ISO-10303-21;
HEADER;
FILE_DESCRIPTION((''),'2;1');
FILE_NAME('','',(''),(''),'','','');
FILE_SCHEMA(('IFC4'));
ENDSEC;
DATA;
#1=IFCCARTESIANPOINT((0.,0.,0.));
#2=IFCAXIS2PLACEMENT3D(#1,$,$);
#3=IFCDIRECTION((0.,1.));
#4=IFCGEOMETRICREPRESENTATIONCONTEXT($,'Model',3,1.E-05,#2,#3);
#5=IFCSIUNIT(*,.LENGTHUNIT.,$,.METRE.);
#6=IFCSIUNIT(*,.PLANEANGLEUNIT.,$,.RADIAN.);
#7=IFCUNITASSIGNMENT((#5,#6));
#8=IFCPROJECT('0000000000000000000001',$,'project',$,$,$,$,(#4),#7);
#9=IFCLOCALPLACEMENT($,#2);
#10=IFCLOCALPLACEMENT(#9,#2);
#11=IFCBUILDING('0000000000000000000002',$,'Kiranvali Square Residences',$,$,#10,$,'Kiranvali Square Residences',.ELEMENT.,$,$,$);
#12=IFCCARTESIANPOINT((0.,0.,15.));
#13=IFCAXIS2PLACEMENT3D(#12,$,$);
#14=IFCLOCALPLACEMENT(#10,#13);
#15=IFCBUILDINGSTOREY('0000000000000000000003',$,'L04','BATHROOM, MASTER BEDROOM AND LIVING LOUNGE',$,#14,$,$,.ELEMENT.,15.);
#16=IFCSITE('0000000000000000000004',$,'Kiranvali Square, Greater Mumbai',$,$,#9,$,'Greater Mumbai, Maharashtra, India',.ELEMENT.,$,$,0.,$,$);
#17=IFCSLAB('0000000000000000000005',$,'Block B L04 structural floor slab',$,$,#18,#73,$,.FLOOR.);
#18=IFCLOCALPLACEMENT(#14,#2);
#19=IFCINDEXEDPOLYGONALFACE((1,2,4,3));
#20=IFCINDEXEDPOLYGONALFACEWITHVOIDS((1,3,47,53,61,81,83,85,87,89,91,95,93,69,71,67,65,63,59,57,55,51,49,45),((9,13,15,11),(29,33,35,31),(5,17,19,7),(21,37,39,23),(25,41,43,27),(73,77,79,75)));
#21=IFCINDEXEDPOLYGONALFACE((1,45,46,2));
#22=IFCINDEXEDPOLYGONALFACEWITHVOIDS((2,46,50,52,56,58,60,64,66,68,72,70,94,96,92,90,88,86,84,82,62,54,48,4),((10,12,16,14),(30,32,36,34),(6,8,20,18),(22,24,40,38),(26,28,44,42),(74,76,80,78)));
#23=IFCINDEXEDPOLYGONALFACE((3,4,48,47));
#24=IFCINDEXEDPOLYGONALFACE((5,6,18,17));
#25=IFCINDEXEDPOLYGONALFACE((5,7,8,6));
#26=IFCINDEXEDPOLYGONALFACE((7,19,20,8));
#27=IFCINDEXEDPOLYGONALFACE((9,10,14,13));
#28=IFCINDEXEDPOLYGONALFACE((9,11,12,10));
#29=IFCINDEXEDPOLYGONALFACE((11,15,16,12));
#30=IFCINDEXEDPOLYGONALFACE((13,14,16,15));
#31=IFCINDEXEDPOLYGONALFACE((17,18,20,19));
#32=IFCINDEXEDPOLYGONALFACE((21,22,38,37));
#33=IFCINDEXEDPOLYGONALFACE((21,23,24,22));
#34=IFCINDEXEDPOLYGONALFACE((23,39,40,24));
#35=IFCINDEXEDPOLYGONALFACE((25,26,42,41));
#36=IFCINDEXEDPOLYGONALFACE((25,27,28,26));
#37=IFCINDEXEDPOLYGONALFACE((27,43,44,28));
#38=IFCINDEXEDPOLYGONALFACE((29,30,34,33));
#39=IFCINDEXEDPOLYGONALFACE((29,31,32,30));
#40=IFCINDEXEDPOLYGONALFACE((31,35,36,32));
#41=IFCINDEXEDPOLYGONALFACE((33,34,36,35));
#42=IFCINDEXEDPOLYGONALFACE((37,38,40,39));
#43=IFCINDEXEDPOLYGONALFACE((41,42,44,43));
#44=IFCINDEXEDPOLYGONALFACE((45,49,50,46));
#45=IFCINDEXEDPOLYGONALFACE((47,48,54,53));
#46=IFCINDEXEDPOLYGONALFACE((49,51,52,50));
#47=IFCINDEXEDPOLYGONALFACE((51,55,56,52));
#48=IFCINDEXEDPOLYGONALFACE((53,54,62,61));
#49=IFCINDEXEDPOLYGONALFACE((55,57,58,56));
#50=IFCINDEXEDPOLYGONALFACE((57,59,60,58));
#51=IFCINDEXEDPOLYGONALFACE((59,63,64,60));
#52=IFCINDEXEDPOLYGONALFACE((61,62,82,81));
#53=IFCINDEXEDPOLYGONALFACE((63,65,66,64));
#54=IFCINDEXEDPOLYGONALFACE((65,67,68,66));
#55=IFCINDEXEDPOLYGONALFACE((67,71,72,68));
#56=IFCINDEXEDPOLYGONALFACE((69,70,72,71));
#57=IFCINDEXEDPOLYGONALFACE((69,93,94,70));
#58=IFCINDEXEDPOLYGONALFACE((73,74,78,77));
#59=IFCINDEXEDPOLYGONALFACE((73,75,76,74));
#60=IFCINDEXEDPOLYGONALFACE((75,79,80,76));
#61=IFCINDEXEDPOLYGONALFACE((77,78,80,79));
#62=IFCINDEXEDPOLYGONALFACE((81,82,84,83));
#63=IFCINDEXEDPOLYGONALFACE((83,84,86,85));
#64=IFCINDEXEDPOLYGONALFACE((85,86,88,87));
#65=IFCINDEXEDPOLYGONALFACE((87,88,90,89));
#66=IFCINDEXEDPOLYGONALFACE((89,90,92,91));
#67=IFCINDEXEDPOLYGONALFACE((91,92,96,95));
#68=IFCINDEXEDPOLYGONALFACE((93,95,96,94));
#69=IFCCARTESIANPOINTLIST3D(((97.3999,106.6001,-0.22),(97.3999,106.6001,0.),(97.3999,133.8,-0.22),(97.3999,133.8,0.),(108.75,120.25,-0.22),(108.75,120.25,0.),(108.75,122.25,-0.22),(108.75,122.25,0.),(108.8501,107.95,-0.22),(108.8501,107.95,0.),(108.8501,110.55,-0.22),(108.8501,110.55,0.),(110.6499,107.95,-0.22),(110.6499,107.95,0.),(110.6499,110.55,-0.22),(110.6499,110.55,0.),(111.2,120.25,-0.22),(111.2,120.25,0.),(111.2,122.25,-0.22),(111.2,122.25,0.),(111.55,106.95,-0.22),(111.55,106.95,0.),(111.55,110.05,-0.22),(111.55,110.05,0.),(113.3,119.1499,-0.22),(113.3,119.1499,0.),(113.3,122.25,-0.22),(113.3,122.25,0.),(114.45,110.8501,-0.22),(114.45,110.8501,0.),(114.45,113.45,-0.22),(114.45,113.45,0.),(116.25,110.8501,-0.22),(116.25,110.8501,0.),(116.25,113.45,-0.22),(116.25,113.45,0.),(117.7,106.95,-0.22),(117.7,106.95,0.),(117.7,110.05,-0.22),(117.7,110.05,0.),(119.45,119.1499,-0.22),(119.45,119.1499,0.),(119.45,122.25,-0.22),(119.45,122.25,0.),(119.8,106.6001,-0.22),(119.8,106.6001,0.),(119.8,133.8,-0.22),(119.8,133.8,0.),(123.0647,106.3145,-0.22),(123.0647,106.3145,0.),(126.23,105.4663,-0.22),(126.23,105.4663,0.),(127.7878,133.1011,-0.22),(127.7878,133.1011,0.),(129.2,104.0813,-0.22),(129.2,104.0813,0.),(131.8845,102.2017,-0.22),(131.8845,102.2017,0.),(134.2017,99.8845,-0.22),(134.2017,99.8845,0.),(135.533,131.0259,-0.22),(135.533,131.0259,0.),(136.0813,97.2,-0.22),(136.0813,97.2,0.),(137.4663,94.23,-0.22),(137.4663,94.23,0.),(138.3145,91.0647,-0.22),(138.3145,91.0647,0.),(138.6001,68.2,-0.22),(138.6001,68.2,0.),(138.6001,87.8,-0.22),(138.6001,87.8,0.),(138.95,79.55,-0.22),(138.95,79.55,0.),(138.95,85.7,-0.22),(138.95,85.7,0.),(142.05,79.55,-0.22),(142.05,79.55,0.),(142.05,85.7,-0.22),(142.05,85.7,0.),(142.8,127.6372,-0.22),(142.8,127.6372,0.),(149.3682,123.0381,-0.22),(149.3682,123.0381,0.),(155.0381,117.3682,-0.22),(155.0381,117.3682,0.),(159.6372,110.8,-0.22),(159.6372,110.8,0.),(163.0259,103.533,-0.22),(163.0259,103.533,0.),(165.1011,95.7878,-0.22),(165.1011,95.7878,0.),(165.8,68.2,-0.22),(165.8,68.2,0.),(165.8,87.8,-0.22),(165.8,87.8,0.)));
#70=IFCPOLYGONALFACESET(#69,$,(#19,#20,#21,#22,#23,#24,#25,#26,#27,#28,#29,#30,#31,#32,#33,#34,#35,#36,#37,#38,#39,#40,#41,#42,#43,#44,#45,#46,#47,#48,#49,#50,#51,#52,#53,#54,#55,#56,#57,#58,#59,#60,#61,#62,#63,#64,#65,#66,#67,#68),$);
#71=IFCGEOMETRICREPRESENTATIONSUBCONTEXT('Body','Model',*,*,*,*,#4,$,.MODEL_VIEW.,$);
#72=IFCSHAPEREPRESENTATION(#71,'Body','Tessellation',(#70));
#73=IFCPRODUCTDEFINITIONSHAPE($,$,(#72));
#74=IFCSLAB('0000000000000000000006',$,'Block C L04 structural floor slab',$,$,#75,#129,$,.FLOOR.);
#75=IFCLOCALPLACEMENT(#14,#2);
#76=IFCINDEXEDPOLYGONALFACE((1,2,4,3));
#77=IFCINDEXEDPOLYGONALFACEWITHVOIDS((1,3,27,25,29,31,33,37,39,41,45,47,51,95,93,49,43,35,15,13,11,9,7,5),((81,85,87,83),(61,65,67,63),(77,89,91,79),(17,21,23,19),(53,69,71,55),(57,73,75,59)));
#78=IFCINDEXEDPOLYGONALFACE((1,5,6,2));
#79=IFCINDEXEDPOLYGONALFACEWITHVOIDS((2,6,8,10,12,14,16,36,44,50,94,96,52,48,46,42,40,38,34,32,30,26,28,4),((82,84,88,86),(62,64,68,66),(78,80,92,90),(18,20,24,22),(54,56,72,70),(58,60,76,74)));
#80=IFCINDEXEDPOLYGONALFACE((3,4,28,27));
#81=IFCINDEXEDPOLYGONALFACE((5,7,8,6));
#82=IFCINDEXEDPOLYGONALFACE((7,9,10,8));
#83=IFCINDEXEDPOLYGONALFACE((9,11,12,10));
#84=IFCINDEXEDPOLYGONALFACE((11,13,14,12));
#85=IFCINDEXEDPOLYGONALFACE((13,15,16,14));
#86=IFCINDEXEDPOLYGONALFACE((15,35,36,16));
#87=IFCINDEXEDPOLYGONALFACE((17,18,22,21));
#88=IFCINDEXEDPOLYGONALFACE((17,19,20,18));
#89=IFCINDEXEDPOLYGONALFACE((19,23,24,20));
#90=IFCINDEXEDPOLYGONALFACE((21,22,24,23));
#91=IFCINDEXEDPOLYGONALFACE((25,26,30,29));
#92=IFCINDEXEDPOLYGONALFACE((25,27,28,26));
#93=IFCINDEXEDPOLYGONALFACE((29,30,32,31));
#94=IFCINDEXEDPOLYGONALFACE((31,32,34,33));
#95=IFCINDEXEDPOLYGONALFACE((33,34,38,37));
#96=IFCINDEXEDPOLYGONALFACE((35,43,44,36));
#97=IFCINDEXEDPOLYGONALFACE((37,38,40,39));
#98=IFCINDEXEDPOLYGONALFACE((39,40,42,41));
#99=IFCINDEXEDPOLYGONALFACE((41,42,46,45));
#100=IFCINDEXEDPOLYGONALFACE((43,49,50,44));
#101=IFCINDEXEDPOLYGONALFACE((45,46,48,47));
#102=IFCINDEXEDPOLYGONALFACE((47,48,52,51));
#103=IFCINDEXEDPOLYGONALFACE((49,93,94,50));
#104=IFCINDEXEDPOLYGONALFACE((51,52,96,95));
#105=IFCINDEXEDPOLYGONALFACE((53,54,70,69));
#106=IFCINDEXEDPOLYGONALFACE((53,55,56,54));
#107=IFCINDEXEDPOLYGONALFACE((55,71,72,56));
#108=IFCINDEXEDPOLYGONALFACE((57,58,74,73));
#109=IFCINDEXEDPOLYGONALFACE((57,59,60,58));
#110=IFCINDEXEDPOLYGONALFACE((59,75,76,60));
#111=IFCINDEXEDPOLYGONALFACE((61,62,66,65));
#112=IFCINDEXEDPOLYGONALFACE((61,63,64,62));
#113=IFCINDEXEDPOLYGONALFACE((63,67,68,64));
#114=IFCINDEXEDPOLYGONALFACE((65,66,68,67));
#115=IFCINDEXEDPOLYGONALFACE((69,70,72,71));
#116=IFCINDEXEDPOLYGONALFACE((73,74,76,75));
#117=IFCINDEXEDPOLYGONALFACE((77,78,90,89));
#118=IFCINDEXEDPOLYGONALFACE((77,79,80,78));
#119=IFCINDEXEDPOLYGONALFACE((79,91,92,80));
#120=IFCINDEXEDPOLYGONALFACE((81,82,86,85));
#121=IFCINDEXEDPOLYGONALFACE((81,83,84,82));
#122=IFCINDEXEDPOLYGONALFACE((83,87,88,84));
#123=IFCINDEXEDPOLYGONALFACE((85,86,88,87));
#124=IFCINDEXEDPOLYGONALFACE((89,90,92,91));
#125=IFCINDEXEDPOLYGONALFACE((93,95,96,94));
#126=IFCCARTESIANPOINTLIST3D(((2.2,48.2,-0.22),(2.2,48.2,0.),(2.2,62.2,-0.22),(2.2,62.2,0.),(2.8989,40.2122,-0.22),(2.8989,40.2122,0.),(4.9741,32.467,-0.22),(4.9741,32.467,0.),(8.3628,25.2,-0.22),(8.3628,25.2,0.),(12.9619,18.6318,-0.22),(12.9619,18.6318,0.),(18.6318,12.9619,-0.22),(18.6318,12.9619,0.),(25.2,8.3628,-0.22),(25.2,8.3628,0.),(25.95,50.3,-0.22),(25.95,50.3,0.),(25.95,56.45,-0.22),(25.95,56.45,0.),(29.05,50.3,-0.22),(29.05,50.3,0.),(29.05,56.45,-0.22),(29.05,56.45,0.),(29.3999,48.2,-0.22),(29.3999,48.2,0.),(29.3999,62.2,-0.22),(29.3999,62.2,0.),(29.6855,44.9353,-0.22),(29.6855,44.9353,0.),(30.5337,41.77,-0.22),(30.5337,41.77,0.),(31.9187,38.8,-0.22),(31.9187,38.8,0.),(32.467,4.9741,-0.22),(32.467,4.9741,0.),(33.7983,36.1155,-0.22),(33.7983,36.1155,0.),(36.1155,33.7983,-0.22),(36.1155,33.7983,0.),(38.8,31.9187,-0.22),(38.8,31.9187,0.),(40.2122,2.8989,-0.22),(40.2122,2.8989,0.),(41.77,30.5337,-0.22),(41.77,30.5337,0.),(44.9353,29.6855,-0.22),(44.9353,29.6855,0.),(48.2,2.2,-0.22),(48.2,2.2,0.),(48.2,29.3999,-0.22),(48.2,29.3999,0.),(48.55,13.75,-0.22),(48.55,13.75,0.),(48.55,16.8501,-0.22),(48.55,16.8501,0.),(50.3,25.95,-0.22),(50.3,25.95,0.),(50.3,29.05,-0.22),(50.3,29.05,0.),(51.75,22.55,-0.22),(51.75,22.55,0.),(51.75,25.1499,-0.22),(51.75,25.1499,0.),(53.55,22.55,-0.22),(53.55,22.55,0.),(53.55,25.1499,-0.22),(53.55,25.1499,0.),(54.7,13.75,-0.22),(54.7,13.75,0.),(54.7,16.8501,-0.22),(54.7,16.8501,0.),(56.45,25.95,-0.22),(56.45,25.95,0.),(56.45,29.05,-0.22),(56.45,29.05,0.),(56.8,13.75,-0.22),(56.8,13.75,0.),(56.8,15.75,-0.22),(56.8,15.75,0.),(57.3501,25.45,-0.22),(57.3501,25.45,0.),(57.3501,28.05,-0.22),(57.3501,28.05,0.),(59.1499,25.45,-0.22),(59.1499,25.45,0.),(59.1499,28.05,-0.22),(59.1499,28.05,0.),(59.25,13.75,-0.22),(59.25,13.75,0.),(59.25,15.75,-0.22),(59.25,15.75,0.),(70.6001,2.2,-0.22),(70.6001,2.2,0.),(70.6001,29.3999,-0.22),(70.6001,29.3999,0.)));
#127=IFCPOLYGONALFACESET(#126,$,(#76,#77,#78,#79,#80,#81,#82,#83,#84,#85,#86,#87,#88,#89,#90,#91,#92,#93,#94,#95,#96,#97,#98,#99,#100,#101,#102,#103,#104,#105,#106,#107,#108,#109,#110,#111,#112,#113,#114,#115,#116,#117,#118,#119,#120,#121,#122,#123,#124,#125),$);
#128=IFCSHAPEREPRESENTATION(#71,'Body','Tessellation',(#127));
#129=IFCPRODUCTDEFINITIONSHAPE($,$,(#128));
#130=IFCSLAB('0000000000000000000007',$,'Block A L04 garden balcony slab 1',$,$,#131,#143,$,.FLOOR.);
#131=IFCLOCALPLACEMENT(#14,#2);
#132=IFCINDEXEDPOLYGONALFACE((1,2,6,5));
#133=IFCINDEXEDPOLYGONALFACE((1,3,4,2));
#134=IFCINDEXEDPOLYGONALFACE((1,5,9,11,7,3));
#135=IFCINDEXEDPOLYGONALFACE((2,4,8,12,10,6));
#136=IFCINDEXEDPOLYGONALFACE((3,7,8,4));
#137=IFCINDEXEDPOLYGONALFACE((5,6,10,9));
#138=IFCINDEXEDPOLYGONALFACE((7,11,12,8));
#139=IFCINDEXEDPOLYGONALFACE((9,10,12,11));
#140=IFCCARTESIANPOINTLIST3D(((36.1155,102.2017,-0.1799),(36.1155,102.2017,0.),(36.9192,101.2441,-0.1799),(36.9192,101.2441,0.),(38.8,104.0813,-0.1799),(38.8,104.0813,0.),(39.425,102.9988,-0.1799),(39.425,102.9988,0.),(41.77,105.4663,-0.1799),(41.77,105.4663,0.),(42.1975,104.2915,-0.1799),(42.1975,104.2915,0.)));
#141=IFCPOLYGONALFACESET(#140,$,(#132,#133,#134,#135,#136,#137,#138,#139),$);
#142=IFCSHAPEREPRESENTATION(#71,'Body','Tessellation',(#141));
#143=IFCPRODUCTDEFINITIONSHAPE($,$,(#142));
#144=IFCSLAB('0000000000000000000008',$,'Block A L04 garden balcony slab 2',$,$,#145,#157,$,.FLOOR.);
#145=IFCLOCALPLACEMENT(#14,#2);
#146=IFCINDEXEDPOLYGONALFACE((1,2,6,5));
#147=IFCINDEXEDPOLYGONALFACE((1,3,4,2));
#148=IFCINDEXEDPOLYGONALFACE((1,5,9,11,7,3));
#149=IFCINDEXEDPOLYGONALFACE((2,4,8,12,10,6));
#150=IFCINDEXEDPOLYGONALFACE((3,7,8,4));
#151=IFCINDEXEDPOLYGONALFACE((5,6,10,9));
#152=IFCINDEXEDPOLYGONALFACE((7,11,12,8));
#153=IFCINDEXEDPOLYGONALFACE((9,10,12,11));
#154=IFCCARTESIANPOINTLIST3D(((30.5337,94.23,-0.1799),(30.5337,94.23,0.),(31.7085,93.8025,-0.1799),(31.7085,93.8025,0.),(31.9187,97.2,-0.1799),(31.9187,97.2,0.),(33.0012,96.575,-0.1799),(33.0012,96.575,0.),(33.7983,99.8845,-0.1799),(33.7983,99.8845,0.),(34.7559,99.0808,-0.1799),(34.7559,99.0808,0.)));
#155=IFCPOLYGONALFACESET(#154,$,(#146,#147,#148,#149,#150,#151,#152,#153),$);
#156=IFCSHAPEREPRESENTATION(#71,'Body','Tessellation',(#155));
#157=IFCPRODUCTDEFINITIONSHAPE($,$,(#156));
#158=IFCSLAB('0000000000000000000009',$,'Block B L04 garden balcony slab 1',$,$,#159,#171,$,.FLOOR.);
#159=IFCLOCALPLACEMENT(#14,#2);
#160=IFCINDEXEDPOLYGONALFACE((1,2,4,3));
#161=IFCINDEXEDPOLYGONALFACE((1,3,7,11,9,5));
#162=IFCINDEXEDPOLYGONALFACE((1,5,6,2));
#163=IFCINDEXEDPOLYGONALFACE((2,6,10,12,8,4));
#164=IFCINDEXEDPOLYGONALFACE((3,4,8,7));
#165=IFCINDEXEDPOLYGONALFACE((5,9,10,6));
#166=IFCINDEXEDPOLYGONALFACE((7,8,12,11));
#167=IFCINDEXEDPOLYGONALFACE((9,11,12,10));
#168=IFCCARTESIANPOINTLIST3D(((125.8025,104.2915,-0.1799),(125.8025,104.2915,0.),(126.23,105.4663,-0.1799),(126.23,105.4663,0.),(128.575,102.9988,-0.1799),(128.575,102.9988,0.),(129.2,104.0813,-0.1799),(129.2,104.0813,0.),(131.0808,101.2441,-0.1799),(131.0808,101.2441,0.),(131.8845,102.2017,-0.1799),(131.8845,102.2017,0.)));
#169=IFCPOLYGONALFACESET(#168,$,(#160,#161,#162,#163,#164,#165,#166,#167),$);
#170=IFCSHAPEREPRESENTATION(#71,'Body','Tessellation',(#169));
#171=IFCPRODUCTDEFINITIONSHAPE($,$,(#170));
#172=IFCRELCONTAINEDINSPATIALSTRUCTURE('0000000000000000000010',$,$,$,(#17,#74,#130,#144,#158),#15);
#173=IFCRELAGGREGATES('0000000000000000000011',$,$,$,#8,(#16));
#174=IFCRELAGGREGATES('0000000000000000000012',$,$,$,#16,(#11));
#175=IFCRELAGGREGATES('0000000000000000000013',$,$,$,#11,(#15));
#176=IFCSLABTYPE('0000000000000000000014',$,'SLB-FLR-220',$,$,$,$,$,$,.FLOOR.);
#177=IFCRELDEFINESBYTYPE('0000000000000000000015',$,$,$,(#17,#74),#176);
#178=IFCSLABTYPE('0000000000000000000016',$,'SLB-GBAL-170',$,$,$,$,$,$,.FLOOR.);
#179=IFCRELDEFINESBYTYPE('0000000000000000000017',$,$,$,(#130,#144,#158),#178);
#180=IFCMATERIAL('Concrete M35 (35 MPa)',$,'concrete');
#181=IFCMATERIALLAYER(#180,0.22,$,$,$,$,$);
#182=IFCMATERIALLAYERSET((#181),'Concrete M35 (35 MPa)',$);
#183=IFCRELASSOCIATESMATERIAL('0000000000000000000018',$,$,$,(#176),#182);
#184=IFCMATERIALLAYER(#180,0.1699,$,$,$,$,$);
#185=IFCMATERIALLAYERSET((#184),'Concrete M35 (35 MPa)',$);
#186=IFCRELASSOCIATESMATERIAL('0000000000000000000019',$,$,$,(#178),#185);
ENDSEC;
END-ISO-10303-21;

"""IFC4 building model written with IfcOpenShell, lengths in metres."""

from ifc_helpers import new_model, si_unit, direction, frame, origin, place, context, subcontext, project, spatial, polyline, outline, extrude, material, layer, layer_set, type_object, element, save


model = new_model("IFC4")

# Units and contexts
model_context = context("Model", 3, precision=1e-05, world=origin(), true_north=direction((0.0, 1.0)))
body_context = subcontext(model_context, "Body", "Model", "MODEL_VIEW")
ifc_project = project(units=[si_unit("LENGTHUNIT", "METRE"), si_unit("PLANEANGLEUNIT", "RADIAN")], contexts=[model_context])

# Site, building, storey
site_placement = place(None, origin())
site = spatial("IfcSite", under=ifc_project, at=site_placement, Name="Kiranvali Square, Greater Mumbai", LongName="Greater Mumbai, Maharashtra, India", CompositionType="ELEMENT", RefElevation=0.0)
building_placement = place(site_placement, origin())
building = spatial("IfcBuilding", under=site, at=building_placement, Name="Kiranvali Square Residences", LongName="Kiranvali Square Residences", CompositionType="ELEMENT")
storey_placement = place(building_placement, frame((0.0, 0.0, 15.0)))
storey = spatial("IfcBuildingStorey", under=building, at=storey_placement, Name="L04", Description="BATHROOM, MASTER BEDROOM AND LIVING LOUNGE", CompositionType="ELEMENT", Elevation=15.0)

# Slabs
ifc_material_1 = material(Name="Concrete M35 (35 MPa)", Category="concrete")
ifc_layer_1 = layer(ifc_material_1, 0.22)
ifc_layer_set_1 = layer_set([ifc_layer_1], Name="Concrete M35 (35 MPa)")
slab_type_1 = type_object("IfcSlabType", Name="SLB-FLR-220", PredefinedType="FLOOR", material=ifc_layer_set_1)
slab_1_placement = place(storey_placement, frame((0.0, 0.0, -0.22)))
element("IfcSlab", 1, at=slab_1_placement, inside=storey, type_object=slab_type_1, Name="Block B L04 structural floor slab", PredefinedType="FLOOR", context=body_context, shape_type="SweptSolid", body=[
    extrude(outline(polyline([(119.8, 106.6001), (123.0647, 106.3145), (126.23, 105.4663), (129.2, 104.0813), (131.8845, 102.2017), (134.2017, 99.8845), (136.0813, 97.2), (137.4663, 94.23), (138.3145, 91.0647), (138.6001, 87.8), (138.6001, 68.2), (165.8, 68.2), (165.8, 87.8), (165.1011, 95.7878), (163.0259, 103.533), (159.6372, 110.8), (155.0381, 117.3682), (149.3682, 123.0381), (142.8, 127.6372), (135.533, 131.0259), (127.7878, 133.1011), (119.8, 133.8), (97.3999, 133.8), (97.3999, 106.6001), (119.8, 106.6001)]), holes=[polyline([(108.75, 120.25), (111.2, 120.25), (111.2, 122.25), (108.75, 122.25), (108.75, 120.25)]), polyline([(108.8501, 107.95), (110.6499, 107.95), (110.6499, 110.55), (108.8501, 110.55), (108.8501, 107.95)]), polyline([(114.45, 110.8501), (116.25, 110.8501), (116.25, 113.45), (114.45, 113.45), (114.45, 110.8501)]), polyline([(113.3, 119.1499), (119.45, 119.1499), (119.45, 122.25), (113.3, 122.25), (113.3, 119.1499)]), polyline([(117.7, 110.05), (111.55, 110.05), (111.55, 106.95), (117.7, 106.95), (117.7, 110.05)]), polyline([(138.95, 85.7), (138.95, 79.55), (142.05, 79.55), (142.05, 85.7), (138.95, 85.7)])]), origin(), (0.0, 0.0, 1.0), 0.22),
])
slab_2_placement = place(storey_placement, frame((0.0, 0.0, -0.22)))
element("IfcSlab", 2, at=slab_2_placement, inside=storey, type_object=slab_type_1, Name="Block C L04 structural floor slab", PredefinedType="FLOOR", context=body_context, shape_type="SweptSolid", body=[
    extrude(outline(polyline([(48.2, 29.3999), (44.9353, 29.6855), (41.77, 30.5337), (38.8, 31.9187), (36.1155, 33.7983), (33.7983, 36.1155), (31.9187, 38.8), (30.5337, 41.77), (29.6855, 44.9353), (29.3999, 48.2), (29.3999, 62.2), (2.2, 62.2), (2.2, 48.2), (2.8989, 40.2122), (4.9741, 32.467), (8.3628, 25.2), (12.9619, 18.6318), (18.6318, 12.9619), (25.2, 8.3628), (32.467, 4.9741), (40.2122, 2.8989), (48.2, 2.2), (70.6001, 2.2), (70.6001, 29.3999), (48.2, 29.3999)]), holes=[polyline([(56.8, 13.75), (59.25, 13.75), (59.25, 15.75), (56.8, 15.75), (56.8, 13.75)]), polyline([(57.3501, 25.45), (59.1499, 25.45), (59.1499, 28.05), (57.3501, 28.05), (57.3501, 25.45)]), polyline([(51.75, 22.55), (53.55, 22.55), (53.55, 25.1499), (51.75, 25.1499), (51.75, 22.55)]), polyline([(54.7, 16.8501), (48.55, 16.8501), (48.55, 13.75), (54.7, 13.75), (54.7, 16.8501)]), polyline([(50.3, 25.95), (56.45, 25.95), (56.45, 29.05), (50.3, 29.05), (50.3, 25.95)]), polyline([(29.05, 50.3), (29.05, 56.45), (25.95, 56.45), (25.95, 50.3), (29.05, 50.3)])]), origin(), (0.0, 0.0, 1.0), 0.22),
])
ifc_layer_2 = layer(ifc_material_1, 0.1699)
ifc_layer_set_2 = layer_set([ifc_layer_2], Name="Concrete M35 (35 MPa)")
slab_type_2 = type_object("IfcSlabType", Name="SLB-GBAL-170", PredefinedType="FLOOR", material=ifc_layer_set_2)
slab_3_placement = place(storey_placement, frame((0.0, 0.0, -0.1799)))
element("IfcSlab", 3, at=slab_3_placement, inside=storey, type_object=slab_type_2, Name="Block A L04 garden balcony slab 1", PredefinedType="FLOOR", context=body_context, shape_type="SweptSolid", body=[
    extrude(outline(polyline([(41.77, 105.4663), (38.8, 104.0813), (36.1155, 102.2017), (36.9192, 101.2441), (39.425, 102.9988), (42.1975, 104.2915), (41.77, 105.4663)])), origin(), (0.0, 0.0, 1.0), 0.1799),
])
slab_4_placement = place(storey_placement, frame((0.0, 0.0, -0.1799)))
element("IfcSlab", 4, at=slab_4_placement, inside=storey, type_object=slab_type_2, Name="Block A L04 garden balcony slab 2", PredefinedType="FLOOR", context=body_context, shape_type="SweptSolid", body=[
    extrude(outline(polyline([(33.7983, 99.8845), (31.9187, 97.2), (30.5337, 94.23), (31.7085, 93.8025), (33.0012, 96.575), (34.7559, 99.0808), (33.7983, 99.8845)])), origin(), (0.0, 0.0, 1.0), 0.1799),
])
slab_5_placement = place(storey_placement, frame((0.0, 0.0, -0.1799)))
element("IfcSlab", 5, at=slab_5_placement, inside=storey, type_object=slab_type_2, Name="Block B L04 garden balcony slab 1", PredefinedType="FLOOR", context=body_context, shape_type="SweptSolid", body=[
    extrude(outline(polyline([(125.8025, 104.2915), (128.575, 102.9988), (131.0808, 101.2441), (131.8845, 102.2017), (129.2, 104.0813), (126.23, 105.4663), (125.8025, 104.2915)])), origin(), (0.0, 0.0, 1.0), 0.1799),
])

save(model, "model.ifc")
